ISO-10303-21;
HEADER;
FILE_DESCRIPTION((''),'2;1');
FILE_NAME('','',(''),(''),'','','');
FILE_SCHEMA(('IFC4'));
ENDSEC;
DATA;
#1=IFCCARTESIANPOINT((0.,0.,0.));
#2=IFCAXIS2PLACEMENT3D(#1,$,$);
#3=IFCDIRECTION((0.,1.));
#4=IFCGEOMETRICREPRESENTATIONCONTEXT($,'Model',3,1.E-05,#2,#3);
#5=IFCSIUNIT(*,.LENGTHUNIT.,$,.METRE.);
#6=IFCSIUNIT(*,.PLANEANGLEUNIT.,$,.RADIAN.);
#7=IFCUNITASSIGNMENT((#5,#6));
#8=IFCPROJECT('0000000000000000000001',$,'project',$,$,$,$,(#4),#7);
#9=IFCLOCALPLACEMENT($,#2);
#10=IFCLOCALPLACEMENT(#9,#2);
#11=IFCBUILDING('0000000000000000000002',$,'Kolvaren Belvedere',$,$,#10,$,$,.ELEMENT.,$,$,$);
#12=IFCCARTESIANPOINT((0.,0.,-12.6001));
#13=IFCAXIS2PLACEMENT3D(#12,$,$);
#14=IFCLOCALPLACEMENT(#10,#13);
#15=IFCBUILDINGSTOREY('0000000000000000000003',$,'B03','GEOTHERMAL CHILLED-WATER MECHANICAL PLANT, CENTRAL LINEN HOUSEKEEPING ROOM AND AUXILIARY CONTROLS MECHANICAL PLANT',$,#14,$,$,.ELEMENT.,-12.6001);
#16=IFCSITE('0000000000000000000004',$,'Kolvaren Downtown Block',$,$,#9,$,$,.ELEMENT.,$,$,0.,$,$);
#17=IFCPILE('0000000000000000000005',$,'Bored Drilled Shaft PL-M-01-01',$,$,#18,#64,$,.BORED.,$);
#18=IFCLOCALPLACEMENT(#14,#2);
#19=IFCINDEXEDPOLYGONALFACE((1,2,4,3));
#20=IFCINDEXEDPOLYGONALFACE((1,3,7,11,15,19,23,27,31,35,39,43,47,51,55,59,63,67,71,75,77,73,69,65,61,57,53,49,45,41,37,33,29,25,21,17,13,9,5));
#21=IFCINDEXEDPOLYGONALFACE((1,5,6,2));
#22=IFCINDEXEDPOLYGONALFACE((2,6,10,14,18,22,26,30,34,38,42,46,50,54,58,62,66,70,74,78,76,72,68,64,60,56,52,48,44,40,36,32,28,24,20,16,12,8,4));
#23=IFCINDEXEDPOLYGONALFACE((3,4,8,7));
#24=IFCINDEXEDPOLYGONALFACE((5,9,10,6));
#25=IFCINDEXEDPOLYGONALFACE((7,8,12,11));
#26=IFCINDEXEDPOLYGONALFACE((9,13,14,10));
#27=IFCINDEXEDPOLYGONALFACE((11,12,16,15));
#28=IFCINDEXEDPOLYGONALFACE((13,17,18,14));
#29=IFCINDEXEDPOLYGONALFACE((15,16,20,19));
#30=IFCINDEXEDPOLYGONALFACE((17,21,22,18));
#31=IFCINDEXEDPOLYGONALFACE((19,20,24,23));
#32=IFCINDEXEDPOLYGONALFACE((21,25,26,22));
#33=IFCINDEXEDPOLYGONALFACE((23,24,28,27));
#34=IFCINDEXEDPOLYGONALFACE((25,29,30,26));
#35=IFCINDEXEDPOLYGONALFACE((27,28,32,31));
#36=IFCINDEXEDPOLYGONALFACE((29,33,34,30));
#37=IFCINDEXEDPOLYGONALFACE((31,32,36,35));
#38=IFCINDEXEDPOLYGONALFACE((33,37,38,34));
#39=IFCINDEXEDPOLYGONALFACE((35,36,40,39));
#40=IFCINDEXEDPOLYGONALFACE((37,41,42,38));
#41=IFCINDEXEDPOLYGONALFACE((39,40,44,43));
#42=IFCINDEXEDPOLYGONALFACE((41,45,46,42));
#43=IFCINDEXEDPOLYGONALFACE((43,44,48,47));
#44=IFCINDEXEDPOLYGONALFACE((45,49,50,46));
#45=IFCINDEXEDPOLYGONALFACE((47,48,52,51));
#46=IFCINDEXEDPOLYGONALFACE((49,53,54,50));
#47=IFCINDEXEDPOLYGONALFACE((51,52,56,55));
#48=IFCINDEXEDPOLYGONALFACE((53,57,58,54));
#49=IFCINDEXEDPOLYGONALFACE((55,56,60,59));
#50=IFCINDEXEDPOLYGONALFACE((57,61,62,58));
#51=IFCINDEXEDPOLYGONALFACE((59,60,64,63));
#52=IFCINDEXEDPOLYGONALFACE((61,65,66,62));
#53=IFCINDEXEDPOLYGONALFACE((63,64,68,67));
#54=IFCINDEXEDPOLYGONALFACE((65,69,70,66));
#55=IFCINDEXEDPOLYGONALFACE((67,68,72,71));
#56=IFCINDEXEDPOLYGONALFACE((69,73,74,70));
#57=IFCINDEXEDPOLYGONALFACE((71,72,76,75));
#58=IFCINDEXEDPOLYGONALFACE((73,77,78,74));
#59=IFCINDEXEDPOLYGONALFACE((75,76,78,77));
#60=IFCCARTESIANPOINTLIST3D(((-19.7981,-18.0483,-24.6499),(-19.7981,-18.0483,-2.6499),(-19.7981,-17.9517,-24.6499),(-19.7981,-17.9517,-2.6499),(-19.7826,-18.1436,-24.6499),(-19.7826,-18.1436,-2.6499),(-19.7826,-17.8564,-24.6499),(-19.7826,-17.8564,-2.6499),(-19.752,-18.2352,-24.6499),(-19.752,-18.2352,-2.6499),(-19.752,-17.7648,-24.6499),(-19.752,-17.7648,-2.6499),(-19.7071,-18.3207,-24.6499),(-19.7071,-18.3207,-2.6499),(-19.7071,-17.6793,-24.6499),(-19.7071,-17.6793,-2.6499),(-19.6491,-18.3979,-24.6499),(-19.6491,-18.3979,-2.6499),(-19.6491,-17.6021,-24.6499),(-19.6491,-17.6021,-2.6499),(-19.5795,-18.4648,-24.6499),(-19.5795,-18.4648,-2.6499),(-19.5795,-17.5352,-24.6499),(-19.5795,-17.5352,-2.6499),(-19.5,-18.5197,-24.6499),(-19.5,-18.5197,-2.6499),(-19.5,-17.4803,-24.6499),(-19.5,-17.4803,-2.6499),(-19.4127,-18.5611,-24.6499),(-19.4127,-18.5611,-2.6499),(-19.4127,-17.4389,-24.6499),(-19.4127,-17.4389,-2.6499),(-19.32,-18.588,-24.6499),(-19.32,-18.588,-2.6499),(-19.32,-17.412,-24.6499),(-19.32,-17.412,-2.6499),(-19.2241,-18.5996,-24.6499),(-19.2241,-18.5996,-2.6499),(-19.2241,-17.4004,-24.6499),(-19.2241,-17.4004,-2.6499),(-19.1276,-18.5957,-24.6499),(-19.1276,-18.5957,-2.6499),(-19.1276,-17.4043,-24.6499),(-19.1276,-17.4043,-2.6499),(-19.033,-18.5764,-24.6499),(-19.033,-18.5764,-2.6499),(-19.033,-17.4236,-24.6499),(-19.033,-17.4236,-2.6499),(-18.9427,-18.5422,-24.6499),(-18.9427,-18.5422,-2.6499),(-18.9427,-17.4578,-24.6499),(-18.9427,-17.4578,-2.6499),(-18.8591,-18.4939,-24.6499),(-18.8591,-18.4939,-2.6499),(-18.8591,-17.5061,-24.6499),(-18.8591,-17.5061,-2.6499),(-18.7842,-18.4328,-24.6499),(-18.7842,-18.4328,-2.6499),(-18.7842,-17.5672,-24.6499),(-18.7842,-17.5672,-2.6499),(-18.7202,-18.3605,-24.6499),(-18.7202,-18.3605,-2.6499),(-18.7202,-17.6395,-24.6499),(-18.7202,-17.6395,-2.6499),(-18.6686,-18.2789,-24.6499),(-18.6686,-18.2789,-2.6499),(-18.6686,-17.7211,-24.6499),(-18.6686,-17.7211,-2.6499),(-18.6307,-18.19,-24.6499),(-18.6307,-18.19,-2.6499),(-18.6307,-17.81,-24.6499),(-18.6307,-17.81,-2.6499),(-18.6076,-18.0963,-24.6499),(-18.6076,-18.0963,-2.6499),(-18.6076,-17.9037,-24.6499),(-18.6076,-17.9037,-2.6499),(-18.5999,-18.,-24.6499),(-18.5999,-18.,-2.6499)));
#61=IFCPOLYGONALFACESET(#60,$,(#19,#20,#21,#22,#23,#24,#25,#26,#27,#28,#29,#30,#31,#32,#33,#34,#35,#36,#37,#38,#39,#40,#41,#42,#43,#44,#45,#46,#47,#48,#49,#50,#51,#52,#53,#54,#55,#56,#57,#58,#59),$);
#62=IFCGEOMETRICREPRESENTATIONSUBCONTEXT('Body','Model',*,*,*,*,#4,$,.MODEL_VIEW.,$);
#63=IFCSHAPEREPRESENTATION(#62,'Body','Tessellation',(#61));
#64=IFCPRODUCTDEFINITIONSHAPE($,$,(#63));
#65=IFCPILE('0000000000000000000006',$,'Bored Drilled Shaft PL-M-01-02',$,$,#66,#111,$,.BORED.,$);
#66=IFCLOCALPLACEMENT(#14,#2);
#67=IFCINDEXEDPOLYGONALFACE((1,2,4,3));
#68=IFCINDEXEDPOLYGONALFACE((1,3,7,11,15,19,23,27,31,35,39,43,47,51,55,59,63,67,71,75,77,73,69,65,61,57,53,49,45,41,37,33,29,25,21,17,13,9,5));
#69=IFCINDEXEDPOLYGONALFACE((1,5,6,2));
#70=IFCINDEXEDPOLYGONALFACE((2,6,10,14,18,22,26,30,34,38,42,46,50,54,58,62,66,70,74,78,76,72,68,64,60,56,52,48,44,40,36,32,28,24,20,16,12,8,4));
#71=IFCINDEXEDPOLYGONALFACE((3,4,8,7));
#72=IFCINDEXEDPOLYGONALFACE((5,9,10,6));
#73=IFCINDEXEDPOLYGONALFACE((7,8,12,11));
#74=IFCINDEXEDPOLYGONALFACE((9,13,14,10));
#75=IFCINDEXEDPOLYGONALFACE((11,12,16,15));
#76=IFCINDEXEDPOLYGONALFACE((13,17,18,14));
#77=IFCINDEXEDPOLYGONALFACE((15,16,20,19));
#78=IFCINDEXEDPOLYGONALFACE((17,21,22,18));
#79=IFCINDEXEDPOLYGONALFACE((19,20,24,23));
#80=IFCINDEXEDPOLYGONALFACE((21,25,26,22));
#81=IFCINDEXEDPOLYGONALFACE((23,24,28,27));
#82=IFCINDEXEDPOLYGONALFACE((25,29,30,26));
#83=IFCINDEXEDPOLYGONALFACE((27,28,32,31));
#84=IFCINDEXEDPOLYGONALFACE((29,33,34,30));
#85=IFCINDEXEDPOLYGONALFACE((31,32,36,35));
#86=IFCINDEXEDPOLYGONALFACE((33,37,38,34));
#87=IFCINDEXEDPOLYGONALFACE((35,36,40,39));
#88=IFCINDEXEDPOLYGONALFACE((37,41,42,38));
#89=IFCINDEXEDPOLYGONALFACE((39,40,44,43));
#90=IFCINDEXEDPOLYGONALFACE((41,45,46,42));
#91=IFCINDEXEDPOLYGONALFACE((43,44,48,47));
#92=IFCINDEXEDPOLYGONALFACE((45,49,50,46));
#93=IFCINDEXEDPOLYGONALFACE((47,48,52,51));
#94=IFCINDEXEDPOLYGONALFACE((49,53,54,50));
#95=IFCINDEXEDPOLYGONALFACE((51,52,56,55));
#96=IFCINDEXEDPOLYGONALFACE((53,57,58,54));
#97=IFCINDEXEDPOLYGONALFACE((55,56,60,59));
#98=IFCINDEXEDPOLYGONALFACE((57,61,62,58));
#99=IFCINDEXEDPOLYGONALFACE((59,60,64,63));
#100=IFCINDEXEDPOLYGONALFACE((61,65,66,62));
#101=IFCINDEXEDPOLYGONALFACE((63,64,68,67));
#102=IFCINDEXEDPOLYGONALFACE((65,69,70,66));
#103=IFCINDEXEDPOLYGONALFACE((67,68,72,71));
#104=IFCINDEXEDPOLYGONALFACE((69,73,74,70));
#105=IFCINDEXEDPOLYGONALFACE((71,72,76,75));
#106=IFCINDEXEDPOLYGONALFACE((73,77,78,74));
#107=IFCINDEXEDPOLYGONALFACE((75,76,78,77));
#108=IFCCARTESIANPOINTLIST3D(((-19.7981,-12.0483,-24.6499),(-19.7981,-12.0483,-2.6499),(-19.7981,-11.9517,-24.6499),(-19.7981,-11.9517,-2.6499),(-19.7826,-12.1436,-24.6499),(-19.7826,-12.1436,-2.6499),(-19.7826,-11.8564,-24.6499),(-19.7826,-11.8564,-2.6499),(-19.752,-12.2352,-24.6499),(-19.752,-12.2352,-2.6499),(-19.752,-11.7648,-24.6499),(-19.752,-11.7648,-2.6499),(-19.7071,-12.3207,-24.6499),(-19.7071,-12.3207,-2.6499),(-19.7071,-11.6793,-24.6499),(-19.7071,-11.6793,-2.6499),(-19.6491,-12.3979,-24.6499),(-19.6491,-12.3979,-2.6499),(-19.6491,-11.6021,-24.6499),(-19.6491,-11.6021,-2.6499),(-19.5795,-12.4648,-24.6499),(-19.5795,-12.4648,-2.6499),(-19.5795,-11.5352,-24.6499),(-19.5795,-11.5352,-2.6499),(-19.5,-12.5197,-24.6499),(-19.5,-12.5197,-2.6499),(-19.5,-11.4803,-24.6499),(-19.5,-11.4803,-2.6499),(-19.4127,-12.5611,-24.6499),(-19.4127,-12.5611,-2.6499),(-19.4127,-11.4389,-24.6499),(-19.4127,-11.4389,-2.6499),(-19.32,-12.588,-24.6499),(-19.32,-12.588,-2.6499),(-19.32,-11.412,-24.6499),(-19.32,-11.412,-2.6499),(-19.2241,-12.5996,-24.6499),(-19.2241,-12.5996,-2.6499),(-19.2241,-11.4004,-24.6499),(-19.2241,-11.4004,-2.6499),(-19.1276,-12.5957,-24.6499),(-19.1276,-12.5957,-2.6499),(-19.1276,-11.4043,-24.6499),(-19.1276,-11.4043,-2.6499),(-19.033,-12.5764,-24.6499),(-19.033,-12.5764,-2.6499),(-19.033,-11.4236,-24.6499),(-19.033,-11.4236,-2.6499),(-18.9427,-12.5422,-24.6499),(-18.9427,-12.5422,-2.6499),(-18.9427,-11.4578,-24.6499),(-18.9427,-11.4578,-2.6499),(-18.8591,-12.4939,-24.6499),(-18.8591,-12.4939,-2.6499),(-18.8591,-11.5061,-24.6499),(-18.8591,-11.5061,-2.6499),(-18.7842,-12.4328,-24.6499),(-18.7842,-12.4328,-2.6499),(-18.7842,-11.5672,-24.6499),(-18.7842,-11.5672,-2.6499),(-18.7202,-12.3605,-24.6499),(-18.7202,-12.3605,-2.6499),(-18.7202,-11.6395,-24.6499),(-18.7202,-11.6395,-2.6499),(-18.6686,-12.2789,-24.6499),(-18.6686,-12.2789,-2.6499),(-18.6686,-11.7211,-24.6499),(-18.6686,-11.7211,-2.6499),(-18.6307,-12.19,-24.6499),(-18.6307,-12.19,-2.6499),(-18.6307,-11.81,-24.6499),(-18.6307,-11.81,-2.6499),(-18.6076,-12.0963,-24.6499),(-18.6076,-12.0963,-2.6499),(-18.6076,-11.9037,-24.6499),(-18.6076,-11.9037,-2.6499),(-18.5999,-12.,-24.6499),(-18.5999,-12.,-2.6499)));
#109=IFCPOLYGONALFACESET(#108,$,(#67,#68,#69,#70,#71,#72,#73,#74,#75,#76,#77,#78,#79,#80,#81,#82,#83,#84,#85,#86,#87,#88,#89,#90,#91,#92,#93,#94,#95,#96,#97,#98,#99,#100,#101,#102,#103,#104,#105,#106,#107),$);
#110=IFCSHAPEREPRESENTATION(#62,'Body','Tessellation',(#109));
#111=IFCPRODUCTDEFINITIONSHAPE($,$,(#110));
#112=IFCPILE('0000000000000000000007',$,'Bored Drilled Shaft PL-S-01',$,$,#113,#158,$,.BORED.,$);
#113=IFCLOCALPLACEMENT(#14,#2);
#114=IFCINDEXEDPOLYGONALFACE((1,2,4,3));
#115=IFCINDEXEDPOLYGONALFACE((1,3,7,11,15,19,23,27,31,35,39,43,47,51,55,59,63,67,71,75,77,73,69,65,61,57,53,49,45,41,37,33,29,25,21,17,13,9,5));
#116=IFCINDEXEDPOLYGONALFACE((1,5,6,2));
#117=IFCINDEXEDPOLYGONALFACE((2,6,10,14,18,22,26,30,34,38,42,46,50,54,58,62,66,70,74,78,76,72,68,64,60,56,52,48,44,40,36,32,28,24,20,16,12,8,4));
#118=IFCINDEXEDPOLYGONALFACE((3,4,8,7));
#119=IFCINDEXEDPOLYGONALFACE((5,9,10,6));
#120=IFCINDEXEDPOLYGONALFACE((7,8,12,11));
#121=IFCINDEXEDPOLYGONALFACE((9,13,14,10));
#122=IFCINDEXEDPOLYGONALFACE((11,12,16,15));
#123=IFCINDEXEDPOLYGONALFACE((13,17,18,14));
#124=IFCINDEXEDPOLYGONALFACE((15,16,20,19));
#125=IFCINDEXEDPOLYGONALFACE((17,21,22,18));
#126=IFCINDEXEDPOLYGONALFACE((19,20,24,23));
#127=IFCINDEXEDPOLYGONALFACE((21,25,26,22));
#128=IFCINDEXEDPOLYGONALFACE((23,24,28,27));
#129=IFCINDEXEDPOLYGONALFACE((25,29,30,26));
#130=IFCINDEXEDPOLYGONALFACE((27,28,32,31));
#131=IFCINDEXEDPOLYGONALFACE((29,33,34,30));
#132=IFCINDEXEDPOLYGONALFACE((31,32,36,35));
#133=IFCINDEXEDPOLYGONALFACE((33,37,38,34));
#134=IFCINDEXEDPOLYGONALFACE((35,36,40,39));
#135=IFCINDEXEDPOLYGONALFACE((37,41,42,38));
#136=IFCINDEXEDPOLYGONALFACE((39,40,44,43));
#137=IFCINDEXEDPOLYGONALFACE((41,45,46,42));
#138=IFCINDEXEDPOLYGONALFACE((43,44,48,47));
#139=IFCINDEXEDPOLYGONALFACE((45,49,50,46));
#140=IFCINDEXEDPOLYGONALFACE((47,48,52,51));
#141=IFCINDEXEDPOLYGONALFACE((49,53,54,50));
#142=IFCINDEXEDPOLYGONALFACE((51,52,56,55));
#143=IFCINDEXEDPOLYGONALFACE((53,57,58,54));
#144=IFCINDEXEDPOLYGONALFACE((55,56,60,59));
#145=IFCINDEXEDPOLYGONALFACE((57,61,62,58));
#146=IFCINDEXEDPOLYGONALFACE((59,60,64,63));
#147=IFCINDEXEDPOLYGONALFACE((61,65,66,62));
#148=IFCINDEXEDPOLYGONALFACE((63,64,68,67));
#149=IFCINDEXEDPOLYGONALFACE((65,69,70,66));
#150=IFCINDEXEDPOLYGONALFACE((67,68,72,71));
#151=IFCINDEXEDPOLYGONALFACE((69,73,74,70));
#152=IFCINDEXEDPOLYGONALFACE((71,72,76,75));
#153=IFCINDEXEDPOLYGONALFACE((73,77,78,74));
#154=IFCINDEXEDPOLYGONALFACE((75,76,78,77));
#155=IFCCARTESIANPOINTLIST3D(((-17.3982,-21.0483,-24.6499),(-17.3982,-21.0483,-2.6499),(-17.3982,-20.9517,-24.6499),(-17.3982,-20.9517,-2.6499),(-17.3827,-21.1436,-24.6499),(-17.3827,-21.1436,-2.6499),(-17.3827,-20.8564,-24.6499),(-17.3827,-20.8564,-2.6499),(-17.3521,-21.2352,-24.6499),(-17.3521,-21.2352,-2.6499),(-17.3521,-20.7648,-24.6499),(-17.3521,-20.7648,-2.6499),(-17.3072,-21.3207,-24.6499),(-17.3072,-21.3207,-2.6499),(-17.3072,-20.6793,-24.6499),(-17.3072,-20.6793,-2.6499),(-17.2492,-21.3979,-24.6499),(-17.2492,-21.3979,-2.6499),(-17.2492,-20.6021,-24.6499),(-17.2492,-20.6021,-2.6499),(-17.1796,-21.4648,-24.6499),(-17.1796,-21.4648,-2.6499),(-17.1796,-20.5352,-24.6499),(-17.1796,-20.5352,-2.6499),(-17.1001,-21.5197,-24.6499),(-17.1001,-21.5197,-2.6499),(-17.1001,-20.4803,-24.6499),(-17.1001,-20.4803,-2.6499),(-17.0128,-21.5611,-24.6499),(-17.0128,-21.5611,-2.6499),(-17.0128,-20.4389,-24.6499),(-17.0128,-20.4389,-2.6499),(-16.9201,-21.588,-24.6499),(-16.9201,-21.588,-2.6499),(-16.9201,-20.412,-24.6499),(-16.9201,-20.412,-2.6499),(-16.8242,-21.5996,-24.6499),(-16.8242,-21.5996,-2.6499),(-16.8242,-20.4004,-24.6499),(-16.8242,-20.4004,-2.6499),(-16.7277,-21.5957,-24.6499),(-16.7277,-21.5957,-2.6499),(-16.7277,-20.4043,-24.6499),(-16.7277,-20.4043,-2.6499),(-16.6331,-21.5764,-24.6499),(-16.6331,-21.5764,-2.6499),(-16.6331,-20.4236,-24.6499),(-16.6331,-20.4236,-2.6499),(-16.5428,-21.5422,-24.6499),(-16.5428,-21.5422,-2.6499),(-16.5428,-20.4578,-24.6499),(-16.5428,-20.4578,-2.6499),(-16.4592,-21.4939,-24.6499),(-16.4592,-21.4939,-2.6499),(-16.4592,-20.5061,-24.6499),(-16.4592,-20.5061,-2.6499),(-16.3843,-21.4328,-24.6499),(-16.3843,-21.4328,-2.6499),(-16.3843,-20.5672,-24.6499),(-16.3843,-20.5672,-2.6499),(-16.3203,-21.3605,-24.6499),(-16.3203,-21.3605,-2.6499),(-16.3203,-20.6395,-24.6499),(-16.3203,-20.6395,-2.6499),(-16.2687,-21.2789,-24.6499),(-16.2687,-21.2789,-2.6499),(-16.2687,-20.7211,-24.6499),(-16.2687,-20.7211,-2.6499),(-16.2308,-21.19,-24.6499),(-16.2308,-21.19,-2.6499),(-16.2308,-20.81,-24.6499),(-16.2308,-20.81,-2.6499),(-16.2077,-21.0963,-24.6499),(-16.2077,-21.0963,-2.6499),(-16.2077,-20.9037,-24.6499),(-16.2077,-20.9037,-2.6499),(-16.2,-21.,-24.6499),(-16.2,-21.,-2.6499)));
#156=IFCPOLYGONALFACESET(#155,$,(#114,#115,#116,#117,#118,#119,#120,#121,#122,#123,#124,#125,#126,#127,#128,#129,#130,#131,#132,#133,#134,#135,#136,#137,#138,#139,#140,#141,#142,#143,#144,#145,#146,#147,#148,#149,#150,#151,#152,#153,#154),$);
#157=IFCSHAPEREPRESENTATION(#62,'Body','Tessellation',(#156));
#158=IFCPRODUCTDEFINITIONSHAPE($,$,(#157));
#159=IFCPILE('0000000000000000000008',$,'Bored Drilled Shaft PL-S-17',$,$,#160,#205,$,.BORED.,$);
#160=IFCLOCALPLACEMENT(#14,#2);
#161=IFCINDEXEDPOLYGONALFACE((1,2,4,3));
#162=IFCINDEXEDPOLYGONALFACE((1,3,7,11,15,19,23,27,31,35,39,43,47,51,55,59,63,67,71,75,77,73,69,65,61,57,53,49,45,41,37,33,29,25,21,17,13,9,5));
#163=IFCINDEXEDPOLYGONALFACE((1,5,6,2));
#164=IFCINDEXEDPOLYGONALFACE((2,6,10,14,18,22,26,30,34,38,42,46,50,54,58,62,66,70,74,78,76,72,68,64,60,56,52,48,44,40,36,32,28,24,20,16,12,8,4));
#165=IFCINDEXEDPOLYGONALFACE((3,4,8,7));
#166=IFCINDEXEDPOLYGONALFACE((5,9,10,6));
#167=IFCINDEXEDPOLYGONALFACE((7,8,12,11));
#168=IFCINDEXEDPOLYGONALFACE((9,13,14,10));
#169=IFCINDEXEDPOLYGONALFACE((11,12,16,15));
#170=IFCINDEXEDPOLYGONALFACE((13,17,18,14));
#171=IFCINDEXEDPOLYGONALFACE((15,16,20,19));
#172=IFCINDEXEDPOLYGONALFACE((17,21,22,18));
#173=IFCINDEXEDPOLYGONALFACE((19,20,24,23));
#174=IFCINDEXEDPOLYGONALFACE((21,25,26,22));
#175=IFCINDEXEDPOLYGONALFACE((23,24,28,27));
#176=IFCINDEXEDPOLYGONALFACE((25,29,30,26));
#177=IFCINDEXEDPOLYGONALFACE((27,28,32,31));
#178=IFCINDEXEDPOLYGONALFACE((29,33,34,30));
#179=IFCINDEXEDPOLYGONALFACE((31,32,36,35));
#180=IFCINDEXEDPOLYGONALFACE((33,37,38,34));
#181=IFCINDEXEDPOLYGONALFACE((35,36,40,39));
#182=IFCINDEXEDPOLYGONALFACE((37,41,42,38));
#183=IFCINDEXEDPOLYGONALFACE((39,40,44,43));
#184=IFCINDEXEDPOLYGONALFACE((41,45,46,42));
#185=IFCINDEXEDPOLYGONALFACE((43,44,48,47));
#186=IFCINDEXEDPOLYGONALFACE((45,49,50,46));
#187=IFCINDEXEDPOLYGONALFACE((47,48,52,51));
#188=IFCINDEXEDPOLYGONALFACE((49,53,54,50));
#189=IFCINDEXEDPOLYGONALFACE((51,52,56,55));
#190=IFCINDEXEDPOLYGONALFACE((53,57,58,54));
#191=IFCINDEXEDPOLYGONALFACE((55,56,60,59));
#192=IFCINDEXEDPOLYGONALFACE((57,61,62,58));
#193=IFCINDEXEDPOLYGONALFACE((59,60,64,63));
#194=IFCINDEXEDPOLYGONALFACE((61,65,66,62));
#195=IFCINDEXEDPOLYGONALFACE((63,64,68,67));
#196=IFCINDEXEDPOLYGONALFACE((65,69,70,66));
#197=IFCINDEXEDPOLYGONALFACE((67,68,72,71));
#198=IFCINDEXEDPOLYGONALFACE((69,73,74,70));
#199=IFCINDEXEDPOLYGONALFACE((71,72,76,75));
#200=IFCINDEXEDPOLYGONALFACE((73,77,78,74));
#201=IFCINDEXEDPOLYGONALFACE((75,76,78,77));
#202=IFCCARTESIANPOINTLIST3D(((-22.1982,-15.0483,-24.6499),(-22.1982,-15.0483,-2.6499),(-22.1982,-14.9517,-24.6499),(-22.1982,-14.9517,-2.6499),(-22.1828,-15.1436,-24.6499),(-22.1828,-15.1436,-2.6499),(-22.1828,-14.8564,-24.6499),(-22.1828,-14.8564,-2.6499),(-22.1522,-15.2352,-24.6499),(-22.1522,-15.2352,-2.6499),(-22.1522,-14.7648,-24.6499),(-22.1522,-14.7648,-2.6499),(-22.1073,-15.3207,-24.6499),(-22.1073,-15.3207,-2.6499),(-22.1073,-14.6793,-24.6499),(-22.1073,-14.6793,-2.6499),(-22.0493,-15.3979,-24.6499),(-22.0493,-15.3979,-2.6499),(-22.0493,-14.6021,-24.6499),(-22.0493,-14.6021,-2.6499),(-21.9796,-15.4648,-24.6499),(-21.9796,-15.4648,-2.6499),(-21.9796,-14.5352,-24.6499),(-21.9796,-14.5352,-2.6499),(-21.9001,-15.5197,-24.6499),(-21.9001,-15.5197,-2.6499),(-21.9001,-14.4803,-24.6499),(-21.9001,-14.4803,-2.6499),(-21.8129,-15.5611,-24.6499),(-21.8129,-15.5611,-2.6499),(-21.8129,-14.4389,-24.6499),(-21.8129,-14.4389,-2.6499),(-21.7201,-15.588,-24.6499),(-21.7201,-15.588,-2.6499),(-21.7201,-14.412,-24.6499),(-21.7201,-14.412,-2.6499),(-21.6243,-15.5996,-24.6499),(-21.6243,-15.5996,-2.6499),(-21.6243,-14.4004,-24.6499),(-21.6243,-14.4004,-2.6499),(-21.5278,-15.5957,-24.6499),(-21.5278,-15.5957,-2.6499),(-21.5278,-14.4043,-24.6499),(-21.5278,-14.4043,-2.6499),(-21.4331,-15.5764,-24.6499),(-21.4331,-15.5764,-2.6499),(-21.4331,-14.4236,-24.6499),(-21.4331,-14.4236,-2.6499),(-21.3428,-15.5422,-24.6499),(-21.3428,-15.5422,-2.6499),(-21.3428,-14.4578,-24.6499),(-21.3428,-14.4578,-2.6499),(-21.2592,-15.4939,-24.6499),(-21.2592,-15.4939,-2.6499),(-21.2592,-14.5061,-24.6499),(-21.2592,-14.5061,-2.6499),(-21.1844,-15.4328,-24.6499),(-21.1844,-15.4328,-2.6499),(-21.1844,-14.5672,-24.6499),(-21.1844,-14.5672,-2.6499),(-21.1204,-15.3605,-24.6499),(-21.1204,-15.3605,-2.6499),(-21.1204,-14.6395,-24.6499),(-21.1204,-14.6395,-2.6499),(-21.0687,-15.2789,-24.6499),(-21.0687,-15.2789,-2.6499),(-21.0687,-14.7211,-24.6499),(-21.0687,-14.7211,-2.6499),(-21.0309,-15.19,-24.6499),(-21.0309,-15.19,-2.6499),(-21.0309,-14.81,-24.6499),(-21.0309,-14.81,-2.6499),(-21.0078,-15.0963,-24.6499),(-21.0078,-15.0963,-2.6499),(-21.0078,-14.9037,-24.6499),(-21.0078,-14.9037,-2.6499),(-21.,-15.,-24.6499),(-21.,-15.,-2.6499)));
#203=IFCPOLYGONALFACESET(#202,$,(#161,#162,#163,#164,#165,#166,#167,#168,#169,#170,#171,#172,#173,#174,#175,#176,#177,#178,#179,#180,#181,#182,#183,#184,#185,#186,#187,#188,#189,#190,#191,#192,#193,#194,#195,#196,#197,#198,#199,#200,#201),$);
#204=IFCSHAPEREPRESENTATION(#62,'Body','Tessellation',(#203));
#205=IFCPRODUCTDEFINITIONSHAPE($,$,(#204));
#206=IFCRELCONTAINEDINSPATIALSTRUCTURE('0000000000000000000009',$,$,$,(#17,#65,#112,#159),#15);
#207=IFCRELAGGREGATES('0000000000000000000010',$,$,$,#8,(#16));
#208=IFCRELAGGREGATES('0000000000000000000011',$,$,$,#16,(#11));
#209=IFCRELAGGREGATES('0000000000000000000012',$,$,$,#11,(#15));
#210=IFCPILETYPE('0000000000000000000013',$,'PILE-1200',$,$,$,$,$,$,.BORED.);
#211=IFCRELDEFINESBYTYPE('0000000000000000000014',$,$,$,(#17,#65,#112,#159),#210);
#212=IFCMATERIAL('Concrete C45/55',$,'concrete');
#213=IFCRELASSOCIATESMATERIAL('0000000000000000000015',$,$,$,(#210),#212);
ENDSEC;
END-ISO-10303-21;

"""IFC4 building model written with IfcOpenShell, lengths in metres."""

from ifc_helpers import new_model, si_unit, direction, frame, origin, origin_2d, place, context, subcontext, project, spatial, circle, extrude, material, material_profile, profile_set, type_object, element, save


model = new_model("IFC4")

# Units and contexts
model_context = context("Model", 3, precision=1e-05, world=origin(), true_north=direction((0.0, 1.0)))
body_context = subcontext(model_context, "Body", "Model", "MODEL_VIEW")
ifc_project = project(units=[si_unit("LENGTHUNIT", "METRE"), si_unit("PLANEANGLEUNIT", "RADIAN")], contexts=[model_context])

# Site, building, storey
site_placement = place(None, origin())
site = spatial("IfcSite", under=ifc_project, at=site_placement, Name="Kolvaren Downtown Block", CompositionType="ELEMENT", RefElevation=0.0)
building_placement = place(site_placement, origin())
building = spatial("IfcBuilding", under=site, at=building_placement, Name="Kolvaren Belvedere", CompositionType="ELEMENT")
storey_placement = place(building_placement, frame((0.0, 0.0, -12.6001)))
storey = spatial("IfcBuildingStorey", under=building, at=storey_placement, Name="B03", Description="GEOTHERMAL CHILLED-WATER MECHANICAL PLANT, CENTRAL LINEN HOUSEKEEPING ROOM AND AUXILIARY CONTROLS MECHANICAL PLANT", CompositionType="ELEMENT", Elevation=-12.6001)

# Piles
ifc_material_1 = material(Name="Concrete C45/55", Category="concrete")
ifc_material_profile_1 = material_profile(ifc_material_1, circle(Radius=0.6001, at=origin_2d()), Name="BORED PILE D1200")
ifc_profile_set_1 = profile_set([ifc_material_profile_1], Name="Concrete C45/55")
pile_type_1 = type_object("IfcPileType", Name="PILE-1200", PredefinedType="BORED", material=ifc_profile_set_1)
for number, where, z_axis, x_axis, name in (
    (1, (-19.2, -18.0, -2.6499), (0.0, 0.0, -1.0), (1.0, 0.0, 0.0), "Bored Drilled Shaft PL-M-01-01"),
    (2, (-19.2, -12.0, -2.6499), (0.0, 0.0, -1.0), (1.0, 0.0, 0.0), "Bored Drilled Shaft PL-M-01-02"),
    (3, (-16.8, -21.0, -2.6499), (0.0, 0.0, -1.0), (1.0, 0.0, 0.0), "Bored Drilled Shaft PL-S-01"),
    (4, (-21.6001, -15.0, -2.6499), (0.0, 0.0, -1.0), (1.0, 0.0, 0.0), "Bored Drilled Shaft PL-S-17"),
):
    element("IfcPile", number, at=place(storey_placement, frame(where, z_axis=z_axis, x_axis=x_axis)), inside=storey, type_object=pile_type_1, Name=name, PredefinedType="BORED", context=body_context, shape_type="SweptSolid", body=[
        extrude(circle(Radius=0.6001, at=origin_2d()), origin(), (0.0, 0.0, 1.0), 22.0),
    ])

save(model, "model.ifc")
